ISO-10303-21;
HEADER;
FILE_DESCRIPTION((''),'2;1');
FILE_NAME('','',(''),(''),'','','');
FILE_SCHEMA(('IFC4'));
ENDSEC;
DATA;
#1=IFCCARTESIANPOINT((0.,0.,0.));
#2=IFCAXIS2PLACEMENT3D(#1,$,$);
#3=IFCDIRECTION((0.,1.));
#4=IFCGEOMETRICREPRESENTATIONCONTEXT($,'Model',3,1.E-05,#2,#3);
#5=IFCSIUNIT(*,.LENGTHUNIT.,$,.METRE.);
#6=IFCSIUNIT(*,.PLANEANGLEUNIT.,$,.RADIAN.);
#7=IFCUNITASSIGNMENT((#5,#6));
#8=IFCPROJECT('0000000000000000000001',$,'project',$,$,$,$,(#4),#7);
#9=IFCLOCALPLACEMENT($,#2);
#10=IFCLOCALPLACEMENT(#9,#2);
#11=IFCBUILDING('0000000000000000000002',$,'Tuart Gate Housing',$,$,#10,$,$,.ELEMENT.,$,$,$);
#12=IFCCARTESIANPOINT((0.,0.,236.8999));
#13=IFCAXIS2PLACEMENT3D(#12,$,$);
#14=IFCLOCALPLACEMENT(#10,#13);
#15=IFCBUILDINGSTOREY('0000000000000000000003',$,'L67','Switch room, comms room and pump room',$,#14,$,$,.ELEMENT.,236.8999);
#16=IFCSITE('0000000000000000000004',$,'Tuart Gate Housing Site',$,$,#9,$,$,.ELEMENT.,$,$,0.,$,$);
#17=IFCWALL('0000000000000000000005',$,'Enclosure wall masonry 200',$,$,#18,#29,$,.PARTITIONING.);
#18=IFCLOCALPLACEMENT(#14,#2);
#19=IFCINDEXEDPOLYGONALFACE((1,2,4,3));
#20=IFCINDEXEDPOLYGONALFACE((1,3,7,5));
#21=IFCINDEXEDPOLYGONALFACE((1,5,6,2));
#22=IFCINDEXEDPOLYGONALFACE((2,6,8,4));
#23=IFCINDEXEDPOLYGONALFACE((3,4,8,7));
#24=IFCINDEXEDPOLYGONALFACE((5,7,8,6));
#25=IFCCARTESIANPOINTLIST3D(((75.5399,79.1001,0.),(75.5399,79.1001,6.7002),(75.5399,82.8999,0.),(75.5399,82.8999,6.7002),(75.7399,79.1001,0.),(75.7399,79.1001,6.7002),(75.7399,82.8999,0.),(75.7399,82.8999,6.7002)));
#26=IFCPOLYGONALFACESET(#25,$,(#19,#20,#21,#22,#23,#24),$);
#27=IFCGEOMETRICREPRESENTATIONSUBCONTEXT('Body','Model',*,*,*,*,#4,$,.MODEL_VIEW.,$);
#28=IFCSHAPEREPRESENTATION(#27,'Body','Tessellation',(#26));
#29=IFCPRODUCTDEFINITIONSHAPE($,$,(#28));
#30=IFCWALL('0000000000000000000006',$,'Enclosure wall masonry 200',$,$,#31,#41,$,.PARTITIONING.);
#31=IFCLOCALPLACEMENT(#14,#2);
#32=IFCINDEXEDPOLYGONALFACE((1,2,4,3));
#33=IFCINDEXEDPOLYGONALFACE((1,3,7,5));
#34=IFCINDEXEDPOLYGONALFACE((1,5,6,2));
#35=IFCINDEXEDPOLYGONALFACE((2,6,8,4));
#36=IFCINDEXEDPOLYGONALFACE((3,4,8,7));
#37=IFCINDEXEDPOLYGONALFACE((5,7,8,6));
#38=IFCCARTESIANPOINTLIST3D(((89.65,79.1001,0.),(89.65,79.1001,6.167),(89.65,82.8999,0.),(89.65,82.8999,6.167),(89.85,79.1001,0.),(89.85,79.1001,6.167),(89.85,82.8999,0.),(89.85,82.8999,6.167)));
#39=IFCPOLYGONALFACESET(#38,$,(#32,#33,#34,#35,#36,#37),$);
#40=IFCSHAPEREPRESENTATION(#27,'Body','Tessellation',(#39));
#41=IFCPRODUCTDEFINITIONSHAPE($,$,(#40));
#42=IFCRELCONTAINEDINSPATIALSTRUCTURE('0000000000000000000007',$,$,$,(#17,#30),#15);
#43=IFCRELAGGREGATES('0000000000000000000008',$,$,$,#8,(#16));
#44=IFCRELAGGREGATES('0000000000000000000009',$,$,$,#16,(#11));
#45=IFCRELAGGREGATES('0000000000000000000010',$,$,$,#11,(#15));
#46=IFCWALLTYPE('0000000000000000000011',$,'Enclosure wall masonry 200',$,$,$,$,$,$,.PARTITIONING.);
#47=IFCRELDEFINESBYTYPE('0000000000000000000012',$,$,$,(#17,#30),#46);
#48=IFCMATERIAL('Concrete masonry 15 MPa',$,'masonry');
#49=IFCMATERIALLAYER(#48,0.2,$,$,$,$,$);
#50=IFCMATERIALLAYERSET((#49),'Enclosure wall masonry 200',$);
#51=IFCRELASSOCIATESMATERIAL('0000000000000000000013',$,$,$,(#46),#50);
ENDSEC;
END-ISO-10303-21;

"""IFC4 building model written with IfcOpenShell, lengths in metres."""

from ifc_helpers import new_model, si_unit, direction, frame, frame_2d, origin, place, context, subcontext, project, spatial, rectangle, extrude, material, layer, layer_set, type_object, element, save


model = new_model("IFC4")

# Units and contexts
model_context = context("Model", 3, precision=1e-05, world=origin(), true_north=direction((0.0, 1.0)))
body_context = subcontext(model_context, "Body", "Model", "MODEL_VIEW")
ifc_project = project(units=[si_unit("LENGTHUNIT", "METRE"), si_unit("PLANEANGLEUNIT", "RADIAN")], contexts=[model_context])

# Site, building, storey
site_placement = place(None, origin())
site = spatial("IfcSite", under=ifc_project, at=site_placement, Name="Tuart Gate Housing Site", CompositionType="ELEMENT", RefElevation=0.0)
building_placement = place(site_placement, origin())
building = spatial("IfcBuilding", under=site, at=building_placement, Name="Tuart Gate Housing", CompositionType="ELEMENT")
storey_placement = place(building_placement, frame((0.0, 0.0, 236.8999)))
storey = spatial("IfcBuildingStorey", under=building, at=storey_placement, Name="L67", Description="Switch room, comms room and pump room", CompositionType="ELEMENT", Elevation=236.8999)

# Shared definitions
ifc_material_1 = material(Name="Concrete masonry 15 MPa", Category="masonry")
ifc_layer_1 = layer(ifc_material_1, 0.2)
ifc_layer_set_1 = layer_set([ifc_layer_1], Name="Enclosure wall masonry 200")
wall_type = type_object("IfcWallType", Name="Enclosure wall masonry 200", PredefinedType="PARTITIONING", material=ifc_layer_set_1)

# Walls
wall_1_placement = place(storey_placement, frame((75.6399, 79.1001, 0.0), z_axis=(0.0, 0.0, 1.0), x_axis=(0.0, 1.0, 0.0)))
element("IfcWall", 1, at=wall_1_placement, inside=storey, type_object=wall_type, Name="Enclosure wall masonry 200", PredefinedType="PARTITIONING", context=body_context, shape_type="SweptSolid", body=[
    extrude(rectangle(XDim=3.7998, YDim=0.2, at=frame_2d((1.8999, 0.0))), origin(), (0.0, 0.0, 1.0), 6.7002),
])
wall_2_placement = place(storey_placement, frame((89.75, 79.1001, 0.0), z_axis=(0.0, 0.0, 1.0), x_axis=(0.0, 1.0, 0.0)))
element("IfcWall", 2, at=wall_2_placement, inside=storey, type_object=wall_type, Name="Enclosure wall masonry 200", PredefinedType="PARTITIONING", context=body_context, shape_type="SweptSolid", body=[
    extrude(rectangle(XDim=3.7998, YDim=0.2, at=frame_2d((1.8999, 0.0))), origin(), (0.0, 0.0, 1.0), 6.167),
])

save(model, "model.ifc")
